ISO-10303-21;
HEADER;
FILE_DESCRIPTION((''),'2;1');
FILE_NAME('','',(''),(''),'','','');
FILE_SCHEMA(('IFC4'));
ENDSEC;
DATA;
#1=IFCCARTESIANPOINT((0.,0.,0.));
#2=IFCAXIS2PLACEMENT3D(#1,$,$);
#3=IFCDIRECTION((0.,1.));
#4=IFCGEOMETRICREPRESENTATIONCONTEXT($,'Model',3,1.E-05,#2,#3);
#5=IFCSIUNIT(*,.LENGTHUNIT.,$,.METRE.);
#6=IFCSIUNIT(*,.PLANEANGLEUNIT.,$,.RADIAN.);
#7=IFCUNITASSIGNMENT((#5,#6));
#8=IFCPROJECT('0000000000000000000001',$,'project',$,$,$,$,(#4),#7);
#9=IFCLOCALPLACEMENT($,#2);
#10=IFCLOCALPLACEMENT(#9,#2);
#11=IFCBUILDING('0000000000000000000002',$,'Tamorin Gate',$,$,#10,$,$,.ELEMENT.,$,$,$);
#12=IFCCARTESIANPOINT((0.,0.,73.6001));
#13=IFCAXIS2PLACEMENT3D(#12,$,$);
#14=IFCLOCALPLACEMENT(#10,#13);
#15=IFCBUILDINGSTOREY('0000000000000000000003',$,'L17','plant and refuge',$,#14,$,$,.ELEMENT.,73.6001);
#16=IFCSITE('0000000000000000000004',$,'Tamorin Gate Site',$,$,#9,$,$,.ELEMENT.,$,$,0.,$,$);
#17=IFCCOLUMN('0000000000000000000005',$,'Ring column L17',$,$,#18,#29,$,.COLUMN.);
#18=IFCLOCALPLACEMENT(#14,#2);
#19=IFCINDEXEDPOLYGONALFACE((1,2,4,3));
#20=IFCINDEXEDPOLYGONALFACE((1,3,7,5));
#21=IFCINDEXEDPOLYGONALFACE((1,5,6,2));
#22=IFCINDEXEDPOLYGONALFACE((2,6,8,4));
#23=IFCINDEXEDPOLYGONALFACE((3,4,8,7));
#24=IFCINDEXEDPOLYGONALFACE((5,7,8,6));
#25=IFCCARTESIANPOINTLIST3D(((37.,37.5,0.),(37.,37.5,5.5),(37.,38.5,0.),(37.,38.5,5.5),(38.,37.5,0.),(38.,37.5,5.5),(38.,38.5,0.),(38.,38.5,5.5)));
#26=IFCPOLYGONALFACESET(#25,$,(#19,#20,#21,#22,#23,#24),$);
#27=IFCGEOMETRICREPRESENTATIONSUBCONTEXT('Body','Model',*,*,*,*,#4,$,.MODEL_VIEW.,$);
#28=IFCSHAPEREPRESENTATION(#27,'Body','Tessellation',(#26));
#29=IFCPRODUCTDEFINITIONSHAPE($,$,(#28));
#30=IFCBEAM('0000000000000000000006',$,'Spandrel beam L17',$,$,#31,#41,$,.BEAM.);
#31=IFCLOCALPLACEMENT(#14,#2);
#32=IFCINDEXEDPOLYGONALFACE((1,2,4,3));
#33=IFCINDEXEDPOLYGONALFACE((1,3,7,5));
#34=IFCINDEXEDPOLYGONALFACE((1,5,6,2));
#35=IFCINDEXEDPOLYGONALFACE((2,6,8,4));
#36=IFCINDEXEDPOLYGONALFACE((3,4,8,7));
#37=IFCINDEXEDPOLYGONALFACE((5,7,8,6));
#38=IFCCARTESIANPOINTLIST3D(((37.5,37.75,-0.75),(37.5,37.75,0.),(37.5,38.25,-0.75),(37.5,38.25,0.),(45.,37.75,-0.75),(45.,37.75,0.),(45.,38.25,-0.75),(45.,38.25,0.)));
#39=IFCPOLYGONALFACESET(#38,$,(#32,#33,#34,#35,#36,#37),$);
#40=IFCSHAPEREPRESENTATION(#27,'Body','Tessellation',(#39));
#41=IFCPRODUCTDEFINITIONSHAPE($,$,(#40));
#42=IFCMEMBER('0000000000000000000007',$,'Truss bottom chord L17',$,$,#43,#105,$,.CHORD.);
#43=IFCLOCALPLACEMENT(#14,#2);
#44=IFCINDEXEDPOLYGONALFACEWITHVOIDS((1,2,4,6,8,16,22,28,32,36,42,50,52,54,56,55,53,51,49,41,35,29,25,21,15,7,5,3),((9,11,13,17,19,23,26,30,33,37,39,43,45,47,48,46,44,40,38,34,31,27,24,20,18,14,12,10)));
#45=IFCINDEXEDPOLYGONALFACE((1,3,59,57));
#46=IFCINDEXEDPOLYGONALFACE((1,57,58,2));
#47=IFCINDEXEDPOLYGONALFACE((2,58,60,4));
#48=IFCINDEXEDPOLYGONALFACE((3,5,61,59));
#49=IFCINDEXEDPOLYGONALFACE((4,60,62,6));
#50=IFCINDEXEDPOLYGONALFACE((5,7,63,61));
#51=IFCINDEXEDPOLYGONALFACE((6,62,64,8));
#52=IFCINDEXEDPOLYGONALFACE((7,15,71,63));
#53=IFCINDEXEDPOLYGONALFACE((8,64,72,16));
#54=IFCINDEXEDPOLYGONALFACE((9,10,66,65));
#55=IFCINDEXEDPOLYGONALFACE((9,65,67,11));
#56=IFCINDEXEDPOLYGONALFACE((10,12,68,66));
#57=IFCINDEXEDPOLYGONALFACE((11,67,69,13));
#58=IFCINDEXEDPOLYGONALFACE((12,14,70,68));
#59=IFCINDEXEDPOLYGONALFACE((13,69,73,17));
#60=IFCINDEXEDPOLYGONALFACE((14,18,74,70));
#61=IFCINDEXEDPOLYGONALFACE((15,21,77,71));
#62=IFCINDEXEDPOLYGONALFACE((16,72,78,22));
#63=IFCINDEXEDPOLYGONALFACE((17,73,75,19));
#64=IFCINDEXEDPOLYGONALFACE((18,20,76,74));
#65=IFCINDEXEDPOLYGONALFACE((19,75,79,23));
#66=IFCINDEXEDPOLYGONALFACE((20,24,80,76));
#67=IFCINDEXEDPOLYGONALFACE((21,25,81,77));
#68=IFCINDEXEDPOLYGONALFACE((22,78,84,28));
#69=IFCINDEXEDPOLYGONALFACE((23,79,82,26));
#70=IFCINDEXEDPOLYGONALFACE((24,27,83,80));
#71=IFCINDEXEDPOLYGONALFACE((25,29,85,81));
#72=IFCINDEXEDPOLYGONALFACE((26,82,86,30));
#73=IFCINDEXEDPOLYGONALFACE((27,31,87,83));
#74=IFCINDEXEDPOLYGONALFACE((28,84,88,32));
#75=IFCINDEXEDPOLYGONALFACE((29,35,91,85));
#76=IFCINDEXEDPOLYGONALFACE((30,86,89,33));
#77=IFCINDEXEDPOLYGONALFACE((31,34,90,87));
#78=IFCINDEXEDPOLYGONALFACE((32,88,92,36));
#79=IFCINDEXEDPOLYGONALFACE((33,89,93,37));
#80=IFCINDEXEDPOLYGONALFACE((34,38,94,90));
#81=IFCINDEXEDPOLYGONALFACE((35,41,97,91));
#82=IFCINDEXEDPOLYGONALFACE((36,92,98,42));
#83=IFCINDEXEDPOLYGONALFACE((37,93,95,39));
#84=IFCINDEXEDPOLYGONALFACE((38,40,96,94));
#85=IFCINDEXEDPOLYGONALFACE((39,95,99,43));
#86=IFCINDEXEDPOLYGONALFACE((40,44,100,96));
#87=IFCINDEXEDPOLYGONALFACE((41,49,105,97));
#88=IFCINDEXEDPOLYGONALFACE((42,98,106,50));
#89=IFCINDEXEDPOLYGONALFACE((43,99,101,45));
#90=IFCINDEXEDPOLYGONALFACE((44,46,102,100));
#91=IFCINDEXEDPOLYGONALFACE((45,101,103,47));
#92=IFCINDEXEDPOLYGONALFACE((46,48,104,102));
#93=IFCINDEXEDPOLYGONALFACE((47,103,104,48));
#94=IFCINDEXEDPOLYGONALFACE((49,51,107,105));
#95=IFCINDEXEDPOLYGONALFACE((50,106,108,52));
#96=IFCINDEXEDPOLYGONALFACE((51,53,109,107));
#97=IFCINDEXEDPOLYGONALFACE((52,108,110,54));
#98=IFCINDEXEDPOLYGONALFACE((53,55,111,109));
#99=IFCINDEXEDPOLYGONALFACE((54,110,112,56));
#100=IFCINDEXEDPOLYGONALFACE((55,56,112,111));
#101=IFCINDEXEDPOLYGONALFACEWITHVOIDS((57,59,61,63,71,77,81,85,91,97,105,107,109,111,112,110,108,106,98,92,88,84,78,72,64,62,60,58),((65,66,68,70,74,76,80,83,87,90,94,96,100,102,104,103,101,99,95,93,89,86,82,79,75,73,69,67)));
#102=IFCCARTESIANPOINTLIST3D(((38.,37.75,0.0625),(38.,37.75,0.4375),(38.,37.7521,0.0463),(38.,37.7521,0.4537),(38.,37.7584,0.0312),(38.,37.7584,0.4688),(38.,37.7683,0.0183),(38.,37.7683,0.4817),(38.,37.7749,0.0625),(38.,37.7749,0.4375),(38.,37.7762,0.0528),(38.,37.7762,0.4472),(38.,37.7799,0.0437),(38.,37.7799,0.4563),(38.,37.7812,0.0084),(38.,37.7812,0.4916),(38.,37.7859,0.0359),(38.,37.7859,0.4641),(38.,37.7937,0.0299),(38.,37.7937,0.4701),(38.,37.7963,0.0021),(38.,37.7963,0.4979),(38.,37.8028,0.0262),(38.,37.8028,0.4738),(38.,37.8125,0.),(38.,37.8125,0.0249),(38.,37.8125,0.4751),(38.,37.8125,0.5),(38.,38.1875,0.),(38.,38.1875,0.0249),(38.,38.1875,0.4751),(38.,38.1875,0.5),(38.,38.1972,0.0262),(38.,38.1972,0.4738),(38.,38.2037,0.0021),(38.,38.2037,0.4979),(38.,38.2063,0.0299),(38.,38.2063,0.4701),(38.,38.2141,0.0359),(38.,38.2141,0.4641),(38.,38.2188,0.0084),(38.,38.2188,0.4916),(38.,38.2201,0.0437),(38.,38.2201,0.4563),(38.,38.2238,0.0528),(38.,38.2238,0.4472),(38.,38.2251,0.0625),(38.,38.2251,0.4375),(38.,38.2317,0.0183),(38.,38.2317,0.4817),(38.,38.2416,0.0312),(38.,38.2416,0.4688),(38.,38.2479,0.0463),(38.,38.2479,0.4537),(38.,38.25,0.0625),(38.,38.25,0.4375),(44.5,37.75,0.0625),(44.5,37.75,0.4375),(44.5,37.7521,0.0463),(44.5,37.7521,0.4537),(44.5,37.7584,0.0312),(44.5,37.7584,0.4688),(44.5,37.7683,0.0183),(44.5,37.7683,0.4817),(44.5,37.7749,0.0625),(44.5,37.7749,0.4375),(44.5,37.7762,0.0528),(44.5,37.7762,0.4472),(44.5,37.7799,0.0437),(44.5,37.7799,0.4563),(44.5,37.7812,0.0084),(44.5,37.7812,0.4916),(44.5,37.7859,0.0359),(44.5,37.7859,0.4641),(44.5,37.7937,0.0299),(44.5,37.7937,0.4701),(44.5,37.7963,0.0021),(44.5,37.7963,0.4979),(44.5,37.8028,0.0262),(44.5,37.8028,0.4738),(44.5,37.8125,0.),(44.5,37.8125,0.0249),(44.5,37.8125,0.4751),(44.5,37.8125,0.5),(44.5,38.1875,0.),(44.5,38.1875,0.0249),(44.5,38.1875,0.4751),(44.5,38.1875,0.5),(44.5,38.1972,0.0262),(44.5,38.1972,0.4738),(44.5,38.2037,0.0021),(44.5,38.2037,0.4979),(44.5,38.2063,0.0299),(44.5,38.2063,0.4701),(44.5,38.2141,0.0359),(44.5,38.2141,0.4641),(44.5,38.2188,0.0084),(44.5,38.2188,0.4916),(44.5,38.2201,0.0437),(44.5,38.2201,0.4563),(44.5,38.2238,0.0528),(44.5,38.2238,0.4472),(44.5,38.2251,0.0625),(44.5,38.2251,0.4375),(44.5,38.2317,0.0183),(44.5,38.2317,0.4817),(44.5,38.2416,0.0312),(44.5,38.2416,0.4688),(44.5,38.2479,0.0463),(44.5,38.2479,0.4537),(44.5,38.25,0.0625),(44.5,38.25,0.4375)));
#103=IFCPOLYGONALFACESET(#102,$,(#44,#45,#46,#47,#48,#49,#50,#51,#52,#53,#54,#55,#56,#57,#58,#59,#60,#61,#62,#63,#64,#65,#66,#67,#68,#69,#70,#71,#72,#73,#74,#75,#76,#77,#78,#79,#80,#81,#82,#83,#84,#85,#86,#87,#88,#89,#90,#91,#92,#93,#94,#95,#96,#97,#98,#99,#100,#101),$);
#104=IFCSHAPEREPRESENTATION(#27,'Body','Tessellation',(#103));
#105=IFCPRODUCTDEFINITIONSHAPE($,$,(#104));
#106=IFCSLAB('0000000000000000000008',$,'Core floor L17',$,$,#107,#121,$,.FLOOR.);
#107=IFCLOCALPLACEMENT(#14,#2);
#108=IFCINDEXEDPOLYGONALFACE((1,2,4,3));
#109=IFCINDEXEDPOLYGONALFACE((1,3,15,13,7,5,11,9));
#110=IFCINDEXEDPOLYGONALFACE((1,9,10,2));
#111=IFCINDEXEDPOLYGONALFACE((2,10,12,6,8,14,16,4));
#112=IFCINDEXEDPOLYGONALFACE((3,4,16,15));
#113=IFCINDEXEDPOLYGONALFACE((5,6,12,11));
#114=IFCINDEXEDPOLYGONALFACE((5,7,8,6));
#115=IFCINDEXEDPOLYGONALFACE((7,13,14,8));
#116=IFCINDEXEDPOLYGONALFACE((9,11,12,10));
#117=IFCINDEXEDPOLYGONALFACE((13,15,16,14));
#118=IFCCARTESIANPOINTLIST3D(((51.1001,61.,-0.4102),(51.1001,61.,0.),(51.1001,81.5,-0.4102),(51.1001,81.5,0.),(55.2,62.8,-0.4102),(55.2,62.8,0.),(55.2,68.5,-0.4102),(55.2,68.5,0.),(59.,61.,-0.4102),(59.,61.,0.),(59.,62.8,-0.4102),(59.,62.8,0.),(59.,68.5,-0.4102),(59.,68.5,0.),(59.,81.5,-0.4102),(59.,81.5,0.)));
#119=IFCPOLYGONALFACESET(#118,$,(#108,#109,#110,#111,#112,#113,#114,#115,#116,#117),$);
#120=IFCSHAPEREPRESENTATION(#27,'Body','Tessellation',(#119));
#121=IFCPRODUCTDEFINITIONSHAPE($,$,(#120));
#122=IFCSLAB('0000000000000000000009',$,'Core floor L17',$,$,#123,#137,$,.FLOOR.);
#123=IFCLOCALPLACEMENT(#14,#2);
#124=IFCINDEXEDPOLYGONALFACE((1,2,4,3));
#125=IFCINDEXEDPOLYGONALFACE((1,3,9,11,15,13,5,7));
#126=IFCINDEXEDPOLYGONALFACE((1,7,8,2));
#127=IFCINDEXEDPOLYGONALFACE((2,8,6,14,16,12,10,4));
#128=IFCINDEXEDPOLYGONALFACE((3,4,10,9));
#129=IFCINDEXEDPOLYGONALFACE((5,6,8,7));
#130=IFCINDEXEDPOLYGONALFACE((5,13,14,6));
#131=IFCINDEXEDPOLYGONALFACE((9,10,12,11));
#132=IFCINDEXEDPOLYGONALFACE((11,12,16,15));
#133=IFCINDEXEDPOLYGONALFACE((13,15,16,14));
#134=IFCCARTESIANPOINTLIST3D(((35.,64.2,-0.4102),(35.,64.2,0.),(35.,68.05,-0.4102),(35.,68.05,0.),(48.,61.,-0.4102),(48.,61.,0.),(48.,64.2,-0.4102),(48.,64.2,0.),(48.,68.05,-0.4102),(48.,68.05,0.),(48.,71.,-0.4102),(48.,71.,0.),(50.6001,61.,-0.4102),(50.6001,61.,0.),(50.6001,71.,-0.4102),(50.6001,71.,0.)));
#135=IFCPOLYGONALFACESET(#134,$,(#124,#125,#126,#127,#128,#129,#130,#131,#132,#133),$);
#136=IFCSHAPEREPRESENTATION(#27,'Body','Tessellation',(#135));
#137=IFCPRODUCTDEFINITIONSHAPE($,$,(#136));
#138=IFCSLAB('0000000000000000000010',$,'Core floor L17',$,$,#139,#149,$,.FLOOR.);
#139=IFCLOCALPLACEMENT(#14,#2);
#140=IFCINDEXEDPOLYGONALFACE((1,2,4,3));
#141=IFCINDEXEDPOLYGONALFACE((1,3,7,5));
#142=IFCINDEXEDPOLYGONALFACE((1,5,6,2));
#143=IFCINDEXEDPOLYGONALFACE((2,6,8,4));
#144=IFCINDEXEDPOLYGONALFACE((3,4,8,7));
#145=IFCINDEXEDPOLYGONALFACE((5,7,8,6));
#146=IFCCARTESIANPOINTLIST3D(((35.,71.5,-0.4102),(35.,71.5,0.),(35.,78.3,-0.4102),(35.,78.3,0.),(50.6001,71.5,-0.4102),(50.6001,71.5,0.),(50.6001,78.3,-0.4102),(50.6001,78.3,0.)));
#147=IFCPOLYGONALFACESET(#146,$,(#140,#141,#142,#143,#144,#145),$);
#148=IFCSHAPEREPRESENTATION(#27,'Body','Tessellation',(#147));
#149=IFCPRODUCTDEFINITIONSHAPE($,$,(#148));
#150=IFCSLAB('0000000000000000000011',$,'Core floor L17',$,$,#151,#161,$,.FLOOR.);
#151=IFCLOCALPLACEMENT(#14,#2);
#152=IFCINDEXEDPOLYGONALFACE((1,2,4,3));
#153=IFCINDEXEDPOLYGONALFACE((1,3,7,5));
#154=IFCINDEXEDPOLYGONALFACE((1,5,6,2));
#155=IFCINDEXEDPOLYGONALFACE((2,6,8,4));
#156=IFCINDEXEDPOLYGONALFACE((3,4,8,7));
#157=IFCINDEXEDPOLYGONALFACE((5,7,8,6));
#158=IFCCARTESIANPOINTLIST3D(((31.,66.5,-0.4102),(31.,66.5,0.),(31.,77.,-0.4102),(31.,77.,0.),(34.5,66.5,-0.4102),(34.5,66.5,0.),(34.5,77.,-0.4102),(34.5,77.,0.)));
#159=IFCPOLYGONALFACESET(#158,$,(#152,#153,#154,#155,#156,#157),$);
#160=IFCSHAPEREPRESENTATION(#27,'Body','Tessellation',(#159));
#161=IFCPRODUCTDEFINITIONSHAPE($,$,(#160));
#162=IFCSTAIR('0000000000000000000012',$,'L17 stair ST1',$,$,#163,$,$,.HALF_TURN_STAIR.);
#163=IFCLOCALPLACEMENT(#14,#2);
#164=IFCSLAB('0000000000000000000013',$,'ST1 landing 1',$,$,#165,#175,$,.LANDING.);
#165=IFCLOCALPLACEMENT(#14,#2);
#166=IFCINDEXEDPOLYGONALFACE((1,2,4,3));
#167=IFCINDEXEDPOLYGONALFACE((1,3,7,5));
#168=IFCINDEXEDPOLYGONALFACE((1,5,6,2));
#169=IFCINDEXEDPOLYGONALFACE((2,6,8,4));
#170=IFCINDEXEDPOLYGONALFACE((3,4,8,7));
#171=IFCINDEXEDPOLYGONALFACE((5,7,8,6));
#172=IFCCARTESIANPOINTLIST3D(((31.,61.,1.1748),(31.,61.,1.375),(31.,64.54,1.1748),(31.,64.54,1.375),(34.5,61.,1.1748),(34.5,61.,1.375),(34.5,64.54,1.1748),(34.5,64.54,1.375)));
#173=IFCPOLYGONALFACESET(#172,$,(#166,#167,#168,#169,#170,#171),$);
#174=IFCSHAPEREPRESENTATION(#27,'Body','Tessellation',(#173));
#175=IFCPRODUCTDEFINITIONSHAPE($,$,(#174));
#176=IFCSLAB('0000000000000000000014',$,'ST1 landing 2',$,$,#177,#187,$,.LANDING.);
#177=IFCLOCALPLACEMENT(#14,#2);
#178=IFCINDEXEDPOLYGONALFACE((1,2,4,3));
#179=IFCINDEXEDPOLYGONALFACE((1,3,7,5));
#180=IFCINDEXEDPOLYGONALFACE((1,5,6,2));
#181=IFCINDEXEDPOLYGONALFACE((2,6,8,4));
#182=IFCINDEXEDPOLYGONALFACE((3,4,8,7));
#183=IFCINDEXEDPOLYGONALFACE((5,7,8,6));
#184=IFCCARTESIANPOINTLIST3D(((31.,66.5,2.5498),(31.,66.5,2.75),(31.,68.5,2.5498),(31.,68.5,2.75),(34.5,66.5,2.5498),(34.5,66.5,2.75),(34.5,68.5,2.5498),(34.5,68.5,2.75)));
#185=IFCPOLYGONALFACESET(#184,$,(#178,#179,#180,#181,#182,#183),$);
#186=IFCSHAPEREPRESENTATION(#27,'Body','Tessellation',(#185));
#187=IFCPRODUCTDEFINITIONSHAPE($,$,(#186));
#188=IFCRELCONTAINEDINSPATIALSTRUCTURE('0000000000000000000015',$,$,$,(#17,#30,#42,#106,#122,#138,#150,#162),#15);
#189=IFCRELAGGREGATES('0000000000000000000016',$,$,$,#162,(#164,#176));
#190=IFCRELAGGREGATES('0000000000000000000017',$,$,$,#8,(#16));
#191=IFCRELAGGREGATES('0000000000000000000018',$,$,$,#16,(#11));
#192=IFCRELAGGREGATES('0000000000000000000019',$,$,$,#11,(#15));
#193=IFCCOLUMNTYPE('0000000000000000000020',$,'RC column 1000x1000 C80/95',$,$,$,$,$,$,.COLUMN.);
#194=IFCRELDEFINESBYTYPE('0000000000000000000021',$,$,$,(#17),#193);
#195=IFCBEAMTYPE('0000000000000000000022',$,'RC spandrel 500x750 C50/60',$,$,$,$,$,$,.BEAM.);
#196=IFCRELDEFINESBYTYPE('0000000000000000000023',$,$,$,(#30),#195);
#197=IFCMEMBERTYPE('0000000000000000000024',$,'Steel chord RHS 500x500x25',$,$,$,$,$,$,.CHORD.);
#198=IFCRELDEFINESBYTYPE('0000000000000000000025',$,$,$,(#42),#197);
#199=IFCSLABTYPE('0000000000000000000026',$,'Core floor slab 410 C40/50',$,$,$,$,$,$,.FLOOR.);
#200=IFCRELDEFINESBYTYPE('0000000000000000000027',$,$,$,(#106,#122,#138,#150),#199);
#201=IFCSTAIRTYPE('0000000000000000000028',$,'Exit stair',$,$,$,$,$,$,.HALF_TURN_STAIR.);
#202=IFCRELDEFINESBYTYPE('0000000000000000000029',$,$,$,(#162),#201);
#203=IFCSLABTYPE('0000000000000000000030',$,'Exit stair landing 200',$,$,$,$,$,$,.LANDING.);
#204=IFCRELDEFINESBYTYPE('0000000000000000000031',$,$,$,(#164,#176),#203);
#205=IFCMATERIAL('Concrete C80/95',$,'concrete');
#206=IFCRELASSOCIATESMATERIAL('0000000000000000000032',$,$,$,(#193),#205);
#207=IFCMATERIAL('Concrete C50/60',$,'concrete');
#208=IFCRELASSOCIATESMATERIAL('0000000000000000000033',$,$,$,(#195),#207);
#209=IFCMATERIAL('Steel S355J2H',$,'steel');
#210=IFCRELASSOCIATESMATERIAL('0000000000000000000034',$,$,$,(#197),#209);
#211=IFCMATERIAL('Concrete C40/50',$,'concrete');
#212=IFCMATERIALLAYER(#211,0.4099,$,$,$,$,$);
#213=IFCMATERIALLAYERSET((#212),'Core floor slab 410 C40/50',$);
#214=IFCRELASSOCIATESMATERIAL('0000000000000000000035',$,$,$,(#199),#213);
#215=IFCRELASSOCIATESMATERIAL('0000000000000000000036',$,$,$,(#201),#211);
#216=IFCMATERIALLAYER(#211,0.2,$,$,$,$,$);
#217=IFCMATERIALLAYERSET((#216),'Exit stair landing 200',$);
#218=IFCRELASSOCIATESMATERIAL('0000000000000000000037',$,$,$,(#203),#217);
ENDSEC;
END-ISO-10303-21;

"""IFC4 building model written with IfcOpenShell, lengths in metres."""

from ifc_helpers import new_model, si_unit, direction, frame, origin, origin_2d, place, context, subcontext, project, spatial, polyline, rectangle, hollow_rectangle, outline, extrude, material, layer, layer_set, material_profile, profile_set, type_object, element, aggregate, save


model = new_model("IFC4")

# Units and contexts
model_context = context("Model", 3, precision=1e-05, world=origin(), true_north=direction((0.0, 1.0)))
body_context = subcontext(model_context, "Body", "Model", "MODEL_VIEW")
ifc_project = project(units=[si_unit("LENGTHUNIT", "METRE"), si_unit("PLANEANGLEUNIT", "RADIAN")], contexts=[model_context])

# Site, building, storey
site_placement = place(None, origin())
site = spatial("IfcSite", under=ifc_project, at=site_placement, Name="Tamorin Gate Site", CompositionType="ELEMENT", RefElevation=0.0)
building_placement = place(site_placement, origin())
building = spatial("IfcBuilding", under=site, at=building_placement, Name="Tamorin Gate", CompositionType="ELEMENT")
storey_placement = place(building_placement, frame((0.0, 0.0, 73.6001)))
storey = spatial("IfcBuildingStorey", under=building, at=storey_placement, Name="L17", Description="plant and refuge", CompositionType="ELEMENT", Elevation=73.6001)

# Column
ifc_material_1 = material(Name="Concrete C80/95", Category="concrete")
ifc_material_profile_1 = material_profile(ifc_material_1, rectangle(XDim=1.0, YDim=1.0, at=origin_2d()), Name="RC 1000x1000")
ifc_profile_set_1 = profile_set([ifc_material_profile_1], Name="Concrete C80/95")
column_type = type_object("IfcColumnType", Name="RC column 1000x1000 C80/95", PredefinedType="COLUMN", material=ifc_profile_set_1)
column_placement = place(storey_placement, frame((37.5, 38.0, 0.0), z_axis=(0.0, 0.0, 1.0), x_axis=(1.0, 0.0, 0.0)))
element("IfcColumn", 1, at=column_placement, inside=storey, type_object=column_type, Name="Ring column L17", PredefinedType="COLUMN", context=body_context, shape_type="SweptSolid", body=[
    extrude(rectangle(XDim=1.0, YDim=1.0, at=origin_2d()), origin(), (0.0, 0.0, 1.0), 5.5),
])

# Beam
ifc_material_2 = material(Name="Concrete C50/60", Category="concrete")
ifc_material_profile_2 = material_profile(ifc_material_2, rectangle(XDim=0.5, YDim=0.75, at=origin_2d()), Name="RC 500x750")
ifc_profile_set_2 = profile_set([ifc_material_profile_2], Name="Concrete C50/60")
beam_type = type_object("IfcBeamType", Name="RC spandrel 500x750 C50/60", PredefinedType="BEAM", material=ifc_profile_set_2)
beam_placement = place(storey_placement, frame((37.5, 38.0, -0.375), z_axis=(1.0, 0.0, 0.0), x_axis=(0.0, 1.0, 0.0)))
element("IfcBeam", 2, at=beam_placement, inside=storey, type_object=beam_type, Name="Spandrel beam L17", PredefinedType="BEAM", context=body_context, shape_type="SweptSolid", body=[
    extrude(rectangle(XDim=0.5, YDim=0.75, at=origin_2d()), origin(), (0.0, 0.0, 1.0), 7.5),
])

# Member
ifc_material_3 = material(Name="Steel S355J2H", Category="steel")
ifc_material_profile_3 = material_profile(ifc_material_3, hollow_rectangle(XDim=0.5, YDim=0.5, WallThickness=0.0249, InnerFilletRadius=0.0376, OuterFilletRadius=0.0625, at=origin_2d()), Name="RHS 500x500x25")
ifc_profile_set_3 = profile_set([ifc_material_profile_3], Name="Steel S355J2H")
member_type = type_object("IfcMemberType", Name="Steel chord RHS 500x500x25", PredefinedType="CHORD", material=ifc_profile_set_3)
member_placement = place(storey_placement, frame((38.0, 38.0, 0.25), z_axis=(1.0, 0.0, 0.0), x_axis=(0.0, 1.0, 0.0)))
element("IfcMember", 3, at=member_placement, inside=storey, type_object=member_type, Name="Truss bottom chord L17", PredefinedType="CHORD", context=body_context, shape_type="SweptSolid", body=[
    extrude(hollow_rectangle(XDim=0.5, YDim=0.5, WallThickness=0.0249, InnerFilletRadius=0.0376, OuterFilletRadius=0.0625, at=origin_2d()), origin(), (0.0, 0.0, 1.0), 6.5),
])

# Slabs
ifc_material_4 = material(Name="Concrete C40/50", Category="concrete")
ifc_layer_1 = layer(ifc_material_4, 0.4099)
ifc_layer_set_1 = layer_set([ifc_layer_1], Name="Core floor slab 410 C40/50")
slab_type_1 = type_object("IfcSlabType", Name="Core floor slab 410 C40/50", PredefinedType="FLOOR", material=ifc_layer_set_1)
slab_1_placement = place(storey_placement, frame((0.0, 0.0, -0.4102)))
element("IfcSlab", 4, at=slab_1_placement, inside=storey, type_object=slab_type_1, Name="Core floor L17", PredefinedType="FLOOR", context=body_context, shape_type="SweptSolid", body=[
    extrude(outline(polyline([(59.0, 62.8), (59.0, 61.0), (51.1001, 61.0), (51.1001, 81.5), (59.0, 81.5), (59.0, 68.5), (55.2, 68.5), (55.2, 62.8), (59.0, 62.8)])), origin(), (0.0, 0.0, 1.0), 0.4102),
])
slab_2_placement = place(storey_placement, frame((0.0, 0.0, -0.4102)))
element("IfcSlab", 5, at=slab_2_placement, inside=storey, type_object=slab_type_1, Name="Core floor L17", PredefinedType="FLOOR", context=body_context, shape_type="SweptSolid", body=[
    extrude(outline(polyline([(50.6001, 61.0), (48.0, 61.0), (48.0, 64.2), (35.0, 64.2), (35.0, 68.05), (48.0, 68.05), (48.0, 71.0), (50.6001, 71.0), (50.6001, 61.0)])), origin(), (0.0, 0.0, 1.0), 0.4102),
])
slab_3_placement = place(storey_placement, frame((0.0, 0.0, -0.4102)))
element("IfcSlab", 6, at=slab_3_placement, inside=storey, type_object=slab_type_1, Name="Core floor L17", PredefinedType="FLOOR", context=body_context, shape_type="SweptSolid", body=[
    extrude(outline(polyline([(50.6001, 71.5), (35.0, 71.5), (35.0, 78.3), (50.6001, 78.3), (50.6001, 71.5)])), origin(), (0.0, 0.0, 1.0), 0.4102),
])
slab_4_placement = place(storey_placement, frame((0.0, 0.0, -0.4102)))
element("IfcSlab", 7, at=slab_4_placement, inside=storey, type_object=slab_type_1, Name="Core floor L17", PredefinedType="FLOOR", context=body_context, shape_type="SweptSolid", body=[
    extrude(outline(polyline([(31.0, 66.5), (31.0, 77.0), (34.5, 77.0), (34.5, 66.5), (31.0, 66.5)])), origin(), (0.0, 0.0, 1.0), 0.4102),
])

# Stair, slabs
stair_type = type_object("IfcStairType", Name="Exit stair", PredefinedType="HALF_TURN_STAIR", material=ifc_material_4)
stair_1_placement = place(storey_placement, origin())
stair_1 = element("IfcStair", 8, at=stair_1_placement, inside=storey, type_object=stair_type, Name="L17 stair ST1", PredefinedType="HALF_TURN_STAIR")
ifc_layer_2 = layer(ifc_material_4, 0.2)
ifc_layer_set_2 = layer_set([ifc_layer_2], Name="Exit stair landing 200")
slab_type_2 = type_object("IfcSlabType", Name="Exit stair landing 200", PredefinedType="LANDING", material=ifc_layer_set_2)
slab_5_placement = place(storey_placement, frame((0.0, 0.0, 1.1748)))
slab_5 = element("IfcSlab", 9, at=slab_5_placement, type_object=slab_type_2, Name="ST1 landing 1", PredefinedType="LANDING", context=body_context, shape_type="SweptSolid", body=[
    extrude(outline(polyline([(31.0, 64.54), (31.0, 61.0), (34.5, 61.0), (34.5, 64.54), (31.0, 64.54)])), origin(), (0.0, 0.0, 1.0), 0.2002),
])
slab_6_placement = place(storey_placement, frame((0.0, 0.0, 2.5498)))
slab_6 = element("IfcSlab", 10, at=slab_6_placement, type_object=slab_type_2, Name="ST1 landing 2", PredefinedType="LANDING", context=body_context, shape_type="SweptSolid", body=[
    extrude(outline(polyline([(31.0, 68.5), (31.0, 66.5), (34.5, 66.5), (34.5, 68.5), (31.0, 68.5)])), origin(), (0.0, 0.0, 1.0), 0.2002),
])
aggregate(stair_1, [slab_5, slab_6])

save(model, "model.ifc")
